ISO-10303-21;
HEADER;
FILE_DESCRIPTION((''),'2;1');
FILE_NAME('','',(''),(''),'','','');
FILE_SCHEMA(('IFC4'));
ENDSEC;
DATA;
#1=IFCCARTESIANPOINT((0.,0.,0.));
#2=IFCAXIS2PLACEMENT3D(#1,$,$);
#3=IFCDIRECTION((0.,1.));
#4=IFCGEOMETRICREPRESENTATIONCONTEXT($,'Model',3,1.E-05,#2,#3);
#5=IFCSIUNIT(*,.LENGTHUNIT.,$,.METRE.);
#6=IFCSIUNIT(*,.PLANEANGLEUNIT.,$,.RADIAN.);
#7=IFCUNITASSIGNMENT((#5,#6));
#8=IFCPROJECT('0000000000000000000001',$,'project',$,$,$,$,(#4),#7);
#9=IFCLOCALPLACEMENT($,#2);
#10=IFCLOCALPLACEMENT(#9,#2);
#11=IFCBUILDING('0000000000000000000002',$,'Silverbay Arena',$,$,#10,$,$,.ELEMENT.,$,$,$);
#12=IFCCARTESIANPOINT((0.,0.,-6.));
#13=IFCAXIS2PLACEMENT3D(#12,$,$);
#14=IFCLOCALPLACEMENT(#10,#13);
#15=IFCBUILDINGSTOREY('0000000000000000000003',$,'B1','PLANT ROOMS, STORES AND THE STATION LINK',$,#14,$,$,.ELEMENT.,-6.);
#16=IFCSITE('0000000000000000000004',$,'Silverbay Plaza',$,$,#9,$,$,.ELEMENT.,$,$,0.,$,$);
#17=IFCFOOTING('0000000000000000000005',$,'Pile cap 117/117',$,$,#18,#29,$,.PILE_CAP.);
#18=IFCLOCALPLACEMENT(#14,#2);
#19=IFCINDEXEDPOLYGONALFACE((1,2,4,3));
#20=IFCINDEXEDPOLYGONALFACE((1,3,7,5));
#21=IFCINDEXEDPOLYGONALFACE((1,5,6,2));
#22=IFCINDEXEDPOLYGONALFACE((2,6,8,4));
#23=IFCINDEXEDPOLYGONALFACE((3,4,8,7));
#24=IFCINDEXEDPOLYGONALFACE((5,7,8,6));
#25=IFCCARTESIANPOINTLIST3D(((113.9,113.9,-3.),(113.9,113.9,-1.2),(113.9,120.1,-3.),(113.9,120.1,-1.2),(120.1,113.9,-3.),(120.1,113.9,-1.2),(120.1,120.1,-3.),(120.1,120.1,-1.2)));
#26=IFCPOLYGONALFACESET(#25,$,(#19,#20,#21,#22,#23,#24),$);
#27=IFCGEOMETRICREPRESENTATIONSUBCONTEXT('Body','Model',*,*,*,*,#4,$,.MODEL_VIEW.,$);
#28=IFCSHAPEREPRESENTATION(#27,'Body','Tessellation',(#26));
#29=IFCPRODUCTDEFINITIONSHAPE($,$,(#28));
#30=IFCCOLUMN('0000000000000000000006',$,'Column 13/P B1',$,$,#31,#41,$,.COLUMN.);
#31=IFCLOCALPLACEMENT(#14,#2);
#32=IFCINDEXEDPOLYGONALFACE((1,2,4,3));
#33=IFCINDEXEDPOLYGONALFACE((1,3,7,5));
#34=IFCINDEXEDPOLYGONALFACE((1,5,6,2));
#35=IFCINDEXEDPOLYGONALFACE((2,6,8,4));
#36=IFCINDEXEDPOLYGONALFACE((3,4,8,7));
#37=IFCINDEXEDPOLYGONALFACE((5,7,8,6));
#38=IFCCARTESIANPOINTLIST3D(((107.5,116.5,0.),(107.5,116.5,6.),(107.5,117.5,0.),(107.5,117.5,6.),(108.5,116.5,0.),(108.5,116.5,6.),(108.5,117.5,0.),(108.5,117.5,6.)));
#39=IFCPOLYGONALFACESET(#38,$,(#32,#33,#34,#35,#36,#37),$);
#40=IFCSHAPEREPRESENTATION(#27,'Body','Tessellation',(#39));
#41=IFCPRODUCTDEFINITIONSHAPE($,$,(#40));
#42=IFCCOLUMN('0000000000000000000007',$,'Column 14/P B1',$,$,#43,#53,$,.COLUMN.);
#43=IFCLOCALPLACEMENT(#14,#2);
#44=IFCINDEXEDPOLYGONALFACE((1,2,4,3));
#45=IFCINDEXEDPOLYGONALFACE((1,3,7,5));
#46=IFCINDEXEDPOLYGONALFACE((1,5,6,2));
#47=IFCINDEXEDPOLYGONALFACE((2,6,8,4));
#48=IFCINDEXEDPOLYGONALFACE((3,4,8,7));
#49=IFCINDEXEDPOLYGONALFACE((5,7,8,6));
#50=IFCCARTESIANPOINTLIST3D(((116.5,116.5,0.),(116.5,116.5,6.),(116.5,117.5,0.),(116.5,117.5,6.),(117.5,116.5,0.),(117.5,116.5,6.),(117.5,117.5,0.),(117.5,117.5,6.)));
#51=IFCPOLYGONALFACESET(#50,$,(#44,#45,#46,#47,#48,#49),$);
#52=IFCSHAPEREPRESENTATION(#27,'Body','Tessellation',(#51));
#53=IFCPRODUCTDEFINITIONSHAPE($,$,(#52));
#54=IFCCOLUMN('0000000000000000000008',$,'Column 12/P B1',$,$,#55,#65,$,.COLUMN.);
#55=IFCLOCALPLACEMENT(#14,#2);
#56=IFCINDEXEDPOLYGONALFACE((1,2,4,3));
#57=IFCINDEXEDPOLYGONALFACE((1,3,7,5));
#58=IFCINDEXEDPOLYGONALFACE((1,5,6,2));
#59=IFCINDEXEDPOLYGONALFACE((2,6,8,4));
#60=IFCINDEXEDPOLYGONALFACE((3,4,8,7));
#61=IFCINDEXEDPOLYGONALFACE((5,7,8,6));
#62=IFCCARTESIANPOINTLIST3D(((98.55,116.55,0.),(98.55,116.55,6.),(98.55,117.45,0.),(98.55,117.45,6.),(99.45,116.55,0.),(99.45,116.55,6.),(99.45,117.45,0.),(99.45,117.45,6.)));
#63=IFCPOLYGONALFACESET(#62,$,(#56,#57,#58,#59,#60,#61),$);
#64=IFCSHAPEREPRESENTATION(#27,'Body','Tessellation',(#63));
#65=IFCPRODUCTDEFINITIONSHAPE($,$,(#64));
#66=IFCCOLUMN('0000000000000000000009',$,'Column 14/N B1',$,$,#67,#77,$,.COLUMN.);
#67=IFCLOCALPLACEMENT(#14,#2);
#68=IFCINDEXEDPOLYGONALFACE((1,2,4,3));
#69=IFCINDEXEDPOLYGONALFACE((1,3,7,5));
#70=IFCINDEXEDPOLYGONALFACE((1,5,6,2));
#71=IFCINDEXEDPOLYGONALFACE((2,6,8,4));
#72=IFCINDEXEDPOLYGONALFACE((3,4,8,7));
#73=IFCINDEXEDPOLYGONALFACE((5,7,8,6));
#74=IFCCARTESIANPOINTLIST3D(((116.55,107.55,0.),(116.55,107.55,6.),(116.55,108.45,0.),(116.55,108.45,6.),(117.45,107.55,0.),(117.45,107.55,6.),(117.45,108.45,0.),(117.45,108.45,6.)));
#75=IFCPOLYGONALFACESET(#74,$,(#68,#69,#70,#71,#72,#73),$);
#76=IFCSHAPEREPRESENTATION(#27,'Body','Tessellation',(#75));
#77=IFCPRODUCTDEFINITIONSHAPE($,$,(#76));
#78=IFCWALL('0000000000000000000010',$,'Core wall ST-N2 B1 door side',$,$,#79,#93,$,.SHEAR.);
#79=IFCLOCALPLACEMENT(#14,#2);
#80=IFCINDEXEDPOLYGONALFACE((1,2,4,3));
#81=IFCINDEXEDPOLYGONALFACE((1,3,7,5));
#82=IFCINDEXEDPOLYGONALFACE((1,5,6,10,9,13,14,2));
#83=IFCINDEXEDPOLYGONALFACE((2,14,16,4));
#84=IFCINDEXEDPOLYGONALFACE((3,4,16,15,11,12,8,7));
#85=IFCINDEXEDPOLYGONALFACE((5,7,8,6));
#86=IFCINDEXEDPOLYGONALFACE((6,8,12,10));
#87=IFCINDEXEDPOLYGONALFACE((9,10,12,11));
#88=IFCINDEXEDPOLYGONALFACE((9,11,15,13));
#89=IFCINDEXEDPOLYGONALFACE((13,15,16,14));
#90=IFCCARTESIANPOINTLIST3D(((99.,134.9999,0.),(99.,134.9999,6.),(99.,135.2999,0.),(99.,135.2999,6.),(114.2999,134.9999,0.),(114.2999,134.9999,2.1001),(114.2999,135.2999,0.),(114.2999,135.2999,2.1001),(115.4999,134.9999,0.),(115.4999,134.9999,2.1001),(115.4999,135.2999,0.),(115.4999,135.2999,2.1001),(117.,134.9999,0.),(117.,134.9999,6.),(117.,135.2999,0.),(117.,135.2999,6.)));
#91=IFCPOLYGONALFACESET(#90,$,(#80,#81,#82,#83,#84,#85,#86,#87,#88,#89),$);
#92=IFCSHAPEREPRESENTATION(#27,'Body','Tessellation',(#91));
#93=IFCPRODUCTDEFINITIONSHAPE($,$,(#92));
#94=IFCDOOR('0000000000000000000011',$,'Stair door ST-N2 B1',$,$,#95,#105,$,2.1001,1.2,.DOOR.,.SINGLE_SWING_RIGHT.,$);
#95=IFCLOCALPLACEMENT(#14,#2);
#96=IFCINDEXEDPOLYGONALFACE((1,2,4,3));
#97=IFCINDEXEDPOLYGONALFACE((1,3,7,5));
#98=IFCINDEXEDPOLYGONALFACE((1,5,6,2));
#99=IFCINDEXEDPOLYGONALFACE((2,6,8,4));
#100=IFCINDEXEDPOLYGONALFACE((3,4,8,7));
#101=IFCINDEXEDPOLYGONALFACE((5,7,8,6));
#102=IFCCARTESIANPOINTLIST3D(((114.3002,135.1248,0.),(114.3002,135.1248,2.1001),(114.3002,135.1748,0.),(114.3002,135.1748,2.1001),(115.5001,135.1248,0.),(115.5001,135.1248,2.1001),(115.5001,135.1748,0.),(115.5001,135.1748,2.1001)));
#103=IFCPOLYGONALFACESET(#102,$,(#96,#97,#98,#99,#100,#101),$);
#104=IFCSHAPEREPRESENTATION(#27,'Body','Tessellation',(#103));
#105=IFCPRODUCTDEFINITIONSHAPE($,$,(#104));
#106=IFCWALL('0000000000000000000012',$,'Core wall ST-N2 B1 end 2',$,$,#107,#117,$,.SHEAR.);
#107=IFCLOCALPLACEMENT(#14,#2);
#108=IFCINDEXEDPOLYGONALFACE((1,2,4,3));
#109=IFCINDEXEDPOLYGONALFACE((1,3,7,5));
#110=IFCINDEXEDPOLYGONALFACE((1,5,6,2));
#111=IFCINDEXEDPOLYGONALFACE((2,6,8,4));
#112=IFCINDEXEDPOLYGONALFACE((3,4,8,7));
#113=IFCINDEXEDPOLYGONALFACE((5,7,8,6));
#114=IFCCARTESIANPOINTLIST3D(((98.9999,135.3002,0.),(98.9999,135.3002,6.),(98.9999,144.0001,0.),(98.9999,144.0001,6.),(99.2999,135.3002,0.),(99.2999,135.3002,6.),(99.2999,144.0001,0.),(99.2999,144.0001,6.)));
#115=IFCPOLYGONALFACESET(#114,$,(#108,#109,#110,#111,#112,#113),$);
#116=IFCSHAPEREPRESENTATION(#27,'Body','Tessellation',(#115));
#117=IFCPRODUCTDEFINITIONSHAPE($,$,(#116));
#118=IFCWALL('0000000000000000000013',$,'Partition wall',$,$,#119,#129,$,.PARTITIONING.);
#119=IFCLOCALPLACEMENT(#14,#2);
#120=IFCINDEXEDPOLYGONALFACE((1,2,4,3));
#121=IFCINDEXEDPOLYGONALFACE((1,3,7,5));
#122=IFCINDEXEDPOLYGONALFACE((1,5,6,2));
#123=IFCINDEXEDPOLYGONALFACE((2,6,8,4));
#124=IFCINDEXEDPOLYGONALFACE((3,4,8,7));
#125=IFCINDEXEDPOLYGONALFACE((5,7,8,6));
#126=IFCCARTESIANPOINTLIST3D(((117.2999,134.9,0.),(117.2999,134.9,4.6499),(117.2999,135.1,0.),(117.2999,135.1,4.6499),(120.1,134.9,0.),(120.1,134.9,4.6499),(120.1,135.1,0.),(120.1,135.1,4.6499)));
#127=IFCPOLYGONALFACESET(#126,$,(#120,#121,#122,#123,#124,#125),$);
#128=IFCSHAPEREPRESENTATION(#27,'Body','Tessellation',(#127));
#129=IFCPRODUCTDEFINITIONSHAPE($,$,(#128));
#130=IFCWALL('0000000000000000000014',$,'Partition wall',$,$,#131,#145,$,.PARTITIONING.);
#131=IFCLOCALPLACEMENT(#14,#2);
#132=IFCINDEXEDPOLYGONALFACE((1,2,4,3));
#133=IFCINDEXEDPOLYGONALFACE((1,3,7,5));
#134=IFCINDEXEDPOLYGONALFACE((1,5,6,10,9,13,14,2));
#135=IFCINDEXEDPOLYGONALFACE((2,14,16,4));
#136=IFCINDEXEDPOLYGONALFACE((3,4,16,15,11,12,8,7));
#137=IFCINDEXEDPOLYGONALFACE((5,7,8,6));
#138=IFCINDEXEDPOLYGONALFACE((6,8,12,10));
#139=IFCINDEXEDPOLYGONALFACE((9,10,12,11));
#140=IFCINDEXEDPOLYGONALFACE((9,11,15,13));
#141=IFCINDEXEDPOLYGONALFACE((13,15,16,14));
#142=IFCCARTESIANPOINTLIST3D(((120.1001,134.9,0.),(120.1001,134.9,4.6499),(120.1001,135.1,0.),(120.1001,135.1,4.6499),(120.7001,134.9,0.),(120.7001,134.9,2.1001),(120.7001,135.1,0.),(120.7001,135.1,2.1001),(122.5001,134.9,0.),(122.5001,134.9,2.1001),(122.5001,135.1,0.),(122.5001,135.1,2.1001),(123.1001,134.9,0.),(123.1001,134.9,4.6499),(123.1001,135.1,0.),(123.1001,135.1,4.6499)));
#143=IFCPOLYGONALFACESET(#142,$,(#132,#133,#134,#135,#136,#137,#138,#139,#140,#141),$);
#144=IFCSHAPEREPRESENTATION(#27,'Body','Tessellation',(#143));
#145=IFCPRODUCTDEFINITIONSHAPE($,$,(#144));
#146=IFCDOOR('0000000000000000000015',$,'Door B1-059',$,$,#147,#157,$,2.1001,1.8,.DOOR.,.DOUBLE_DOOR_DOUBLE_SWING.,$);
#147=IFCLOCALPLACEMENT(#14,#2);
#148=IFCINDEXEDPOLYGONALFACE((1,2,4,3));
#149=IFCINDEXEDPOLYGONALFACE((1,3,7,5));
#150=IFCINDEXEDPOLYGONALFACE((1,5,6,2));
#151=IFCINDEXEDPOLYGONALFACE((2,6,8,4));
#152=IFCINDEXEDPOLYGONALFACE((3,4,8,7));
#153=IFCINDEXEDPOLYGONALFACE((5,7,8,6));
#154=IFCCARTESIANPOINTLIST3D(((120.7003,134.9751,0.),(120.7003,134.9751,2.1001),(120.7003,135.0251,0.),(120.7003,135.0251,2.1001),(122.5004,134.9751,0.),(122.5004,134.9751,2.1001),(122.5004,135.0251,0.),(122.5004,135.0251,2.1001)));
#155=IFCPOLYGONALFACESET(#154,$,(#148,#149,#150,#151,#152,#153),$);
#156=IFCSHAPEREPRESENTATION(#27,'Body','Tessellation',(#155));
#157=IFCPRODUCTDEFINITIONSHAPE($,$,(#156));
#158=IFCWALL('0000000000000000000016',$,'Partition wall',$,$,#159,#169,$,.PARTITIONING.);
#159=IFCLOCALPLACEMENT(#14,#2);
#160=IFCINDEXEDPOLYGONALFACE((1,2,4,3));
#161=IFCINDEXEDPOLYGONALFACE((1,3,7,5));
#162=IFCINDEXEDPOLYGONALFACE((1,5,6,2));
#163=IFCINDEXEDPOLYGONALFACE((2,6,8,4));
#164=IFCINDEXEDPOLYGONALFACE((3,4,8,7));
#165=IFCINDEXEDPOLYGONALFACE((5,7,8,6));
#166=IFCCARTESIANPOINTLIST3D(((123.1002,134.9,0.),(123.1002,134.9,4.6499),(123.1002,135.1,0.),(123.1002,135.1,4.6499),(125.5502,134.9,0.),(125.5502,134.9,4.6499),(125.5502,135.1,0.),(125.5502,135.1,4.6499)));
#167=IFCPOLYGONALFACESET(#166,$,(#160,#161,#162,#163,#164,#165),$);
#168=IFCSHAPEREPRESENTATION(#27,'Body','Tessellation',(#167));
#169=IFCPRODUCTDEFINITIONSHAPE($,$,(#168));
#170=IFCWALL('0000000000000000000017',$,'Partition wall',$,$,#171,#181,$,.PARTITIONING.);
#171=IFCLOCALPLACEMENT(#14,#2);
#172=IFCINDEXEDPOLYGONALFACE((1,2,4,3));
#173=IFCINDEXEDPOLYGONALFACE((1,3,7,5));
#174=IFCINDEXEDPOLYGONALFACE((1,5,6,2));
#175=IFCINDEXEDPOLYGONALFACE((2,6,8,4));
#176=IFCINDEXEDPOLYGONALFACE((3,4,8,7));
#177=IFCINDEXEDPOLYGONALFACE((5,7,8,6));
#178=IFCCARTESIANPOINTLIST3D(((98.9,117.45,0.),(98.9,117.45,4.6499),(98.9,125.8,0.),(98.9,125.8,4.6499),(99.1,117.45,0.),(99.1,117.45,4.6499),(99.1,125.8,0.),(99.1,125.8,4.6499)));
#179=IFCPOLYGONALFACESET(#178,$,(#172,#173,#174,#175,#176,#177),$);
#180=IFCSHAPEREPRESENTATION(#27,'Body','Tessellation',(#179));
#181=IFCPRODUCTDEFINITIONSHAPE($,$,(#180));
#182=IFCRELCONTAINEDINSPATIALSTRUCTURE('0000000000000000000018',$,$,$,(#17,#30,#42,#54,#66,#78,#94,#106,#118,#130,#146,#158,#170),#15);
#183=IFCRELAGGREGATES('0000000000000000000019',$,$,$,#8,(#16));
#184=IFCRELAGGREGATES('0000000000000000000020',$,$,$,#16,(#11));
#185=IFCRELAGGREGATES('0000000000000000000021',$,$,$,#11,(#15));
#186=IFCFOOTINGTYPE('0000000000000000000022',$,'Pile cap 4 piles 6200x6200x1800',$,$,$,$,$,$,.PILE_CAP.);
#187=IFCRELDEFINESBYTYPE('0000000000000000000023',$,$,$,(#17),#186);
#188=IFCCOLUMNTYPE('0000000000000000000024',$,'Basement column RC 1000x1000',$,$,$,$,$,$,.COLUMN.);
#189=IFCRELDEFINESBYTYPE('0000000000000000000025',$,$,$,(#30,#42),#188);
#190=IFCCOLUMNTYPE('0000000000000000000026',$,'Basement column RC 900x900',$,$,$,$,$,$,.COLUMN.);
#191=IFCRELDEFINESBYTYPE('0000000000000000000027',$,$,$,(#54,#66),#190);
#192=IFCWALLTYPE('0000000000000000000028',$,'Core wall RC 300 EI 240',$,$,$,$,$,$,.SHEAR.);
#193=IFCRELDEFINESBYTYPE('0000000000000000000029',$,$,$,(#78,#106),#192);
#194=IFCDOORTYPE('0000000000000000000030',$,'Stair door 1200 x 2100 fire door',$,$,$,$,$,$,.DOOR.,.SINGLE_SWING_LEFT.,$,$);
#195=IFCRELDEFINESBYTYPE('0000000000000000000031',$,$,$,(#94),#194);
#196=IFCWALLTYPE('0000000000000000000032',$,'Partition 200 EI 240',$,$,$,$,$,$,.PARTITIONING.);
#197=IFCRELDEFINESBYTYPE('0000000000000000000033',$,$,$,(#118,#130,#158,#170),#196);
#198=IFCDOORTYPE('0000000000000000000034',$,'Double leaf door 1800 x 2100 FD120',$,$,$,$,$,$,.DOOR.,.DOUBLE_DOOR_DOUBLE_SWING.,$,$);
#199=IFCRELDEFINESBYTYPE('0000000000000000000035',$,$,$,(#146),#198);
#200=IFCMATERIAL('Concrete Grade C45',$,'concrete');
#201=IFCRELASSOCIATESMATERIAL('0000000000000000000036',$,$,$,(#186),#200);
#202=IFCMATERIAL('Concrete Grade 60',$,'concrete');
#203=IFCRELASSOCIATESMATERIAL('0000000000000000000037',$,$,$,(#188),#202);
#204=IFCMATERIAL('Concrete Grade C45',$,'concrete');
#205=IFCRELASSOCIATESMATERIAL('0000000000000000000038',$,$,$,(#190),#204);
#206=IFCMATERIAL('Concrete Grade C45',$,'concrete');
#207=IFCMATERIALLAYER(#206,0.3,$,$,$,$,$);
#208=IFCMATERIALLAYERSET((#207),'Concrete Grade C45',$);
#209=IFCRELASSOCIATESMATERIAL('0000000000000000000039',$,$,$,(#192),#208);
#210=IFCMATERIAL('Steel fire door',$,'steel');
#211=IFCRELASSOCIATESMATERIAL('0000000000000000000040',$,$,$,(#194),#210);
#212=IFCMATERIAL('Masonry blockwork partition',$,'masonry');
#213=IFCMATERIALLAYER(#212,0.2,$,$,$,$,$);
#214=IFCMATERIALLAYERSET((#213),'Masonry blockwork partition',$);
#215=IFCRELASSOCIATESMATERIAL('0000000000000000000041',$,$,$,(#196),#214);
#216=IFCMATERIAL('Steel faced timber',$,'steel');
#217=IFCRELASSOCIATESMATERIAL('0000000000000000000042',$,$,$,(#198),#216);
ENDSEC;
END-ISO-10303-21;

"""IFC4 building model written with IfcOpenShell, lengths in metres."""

from ifc_helpers import new_model, si_unit, direction, frame, frame_2d, origin, origin_2d, place, context, subcontext, project, spatial, rectangle, extrude, material, layer, layer_set, material_profile, profile_set, type_object, element, fill, save


model = new_model("IFC4")

# Units and contexts
model_context = context("Model", 3, precision=1e-05, world=origin(), true_north=direction((0.0, 1.0)))
body_context = subcontext(model_context, "Body", "Model", "MODEL_VIEW")
ifc_project = project(units=[si_unit("LENGTHUNIT", "METRE"), si_unit("PLANEANGLEUNIT", "RADIAN")], contexts=[model_context])

# Site, building, storey
site_placement = place(None, origin())
site = spatial("IfcSite", under=ifc_project, at=site_placement, Name="Silverbay Plaza", CompositionType="ELEMENT", RefElevation=0.0)
building_placement = place(site_placement, origin())
building = spatial("IfcBuilding", under=site, at=building_placement, Name="Silverbay Arena", CompositionType="ELEMENT")
storey_placement = place(building_placement, frame((0.0, 0.0, -6.0)))
storey = spatial("IfcBuildingStorey", under=building, at=storey_placement, Name="B1", Description="PLANT ROOMS, STORES AND THE STATION LINK", CompositionType="ELEMENT", Elevation=-6.0)

# Footing
ifc_material_1 = material(Name="Concrete Grade C45", Category="concrete")
footing_type_1 = type_object("IfcFootingType", Name="Pile cap 4 piles 6200x6200x1800", PredefinedType="PILE_CAP", material=ifc_material_1)
for number, where, z_axis, x_axis, name in (
    (1, (117.0, 117.0, -3.0), (0.0, 0.0, 1.0), (1.0, 0.0, 0.0), "Pile cap 117/117"),
):
    element("IfcFooting", number, at=place(storey_placement, frame(where, z_axis=z_axis, x_axis=x_axis)), inside=storey, type_object=footing_type_1, Name=name, PredefinedType="PILE_CAP", context=body_context, shape_type="SweptSolid", body=[
        extrude(rectangle(XDim=6.2, YDim=6.2, at=origin_2d()), origin(), (0.0, 0.0, 1.0), 1.8),
    ])

# Columns
ifc_material_2 = material(Name="Concrete Grade 60", Category="concrete")
ifc_material_profile_1 = material_profile(ifc_material_2, rectangle(XDim=1.0, YDim=1.0, at=origin_2d()), Name="RC 1000x1000")
ifc_profile_set_1 = profile_set([ifc_material_profile_1], Name="Concrete Grade 60")
column_type_1 = type_object("IfcColumnType", Name="Basement column RC 1000x1000", PredefinedType="COLUMN", material=ifc_profile_set_1)
for number, where, z_axis, x_axis, name in (
    (2, (108.0, 117.0, 0.0), (0.0, 0.0, 1.0), (1.0, 0.0, 0.0), "Column 13/P B1"),
    (3, (117.0, 117.0, 0.0), (0.0, 0.0, 1.0), (1.0, 0.0, 0.0), "Column 14/P B1"),
):
    element("IfcColumn", number, at=place(storey_placement, frame(where, z_axis=z_axis, x_axis=x_axis)), inside=storey, type_object=column_type_1, Name=name, PredefinedType="COLUMN", context=body_context, shape_type="SweptSolid", body=[
        extrude(rectangle(XDim=1.0, YDim=1.0, at=origin_2d()), origin(), (0.0, 0.0, 1.0), 6.0),
    ])
ifc_material_3 = material(Name="Concrete Grade C45", Category="concrete")
ifc_material_profile_2 = material_profile(ifc_material_3, rectangle(XDim=0.8999, YDim=0.8999, at=origin_2d()), Name="RC 900x900")
ifc_profile_set_2 = profile_set([ifc_material_profile_2], Name="Concrete Grade C45")
column_type_2 = type_object("IfcColumnType", Name="Basement column RC 900x900", PredefinedType="COLUMN", material=ifc_profile_set_2)
for number, where, z_axis, x_axis, name in (
    (4, (99.0, 117.0, 0.0), (0.0, 0.0, 1.0), (1.0, 0.0, 0.0), "Column 12/P B1"),
    (5, (117.0, 108.0, 0.0), (0.0, 0.0, 1.0), (1.0, 0.0, 0.0), "Column 14/N B1"),
):
    element("IfcColumn", number, at=place(storey_placement, frame(where, z_axis=z_axis, x_axis=x_axis)), inside=storey, type_object=column_type_2, Name=name, PredefinedType="COLUMN", context=body_context, shape_type="SweptSolid", body=[
        extrude(rectangle(XDim=0.8999, YDim=0.8999, at=origin_2d()), origin(), (0.0, 0.0, 1.0), 6.0),
    ])

# Wall, opening, door
ifc_material_4 = material(Name="Concrete Grade C45", Category="concrete")
ifc_layer_1 = layer(ifc_material_4, 0.3)
ifc_layer_set_1 = layer_set([ifc_layer_1], Name="Concrete Grade C45")
wall_type_1 = type_object("IfcWallType", Name="Core wall RC 300 EI 240", PredefinedType="SHEAR", material=ifc_layer_set_1)
wall_1_placement = place(storey_placement, frame((117.0, 135.1499, 0.0), z_axis=(0.0, 0.0, 1.0), x_axis=(-1.0, 0.0, 0.0)))
wall_1 = element("IfcWall", 6, at=wall_1_placement, inside=storey, type_object=wall_type_1, Name="Core wall ST-N2 B1 door side", PredefinedType="SHEAR", context=body_context, shape_type="SweptSolid", body=[
    extrude(rectangle(XDim=18.0, YDim=0.3, at=frame_2d((9.0, 0.0))), origin(), (0.0, 0.0, 1.0), 6.0),
])
opening_1_placement = place(wall_1_placement, frame((1.5, 0.0, 0.0)))
opening_1 = element("IfcOpeningElement", 7, at=opening_1_placement, cuts=wall_1, PredefinedType="OPENING", context=body_context, shape_type="SweptSolid", body=[
    extrude(rectangle(XDim=1.2, YDim=2.1001, at=frame_2d((0.6001, 1.05))), frame((0.0, 0.1602, 0.0), z_axis=(0.0, -1.0, 0.0), x_axis=(1.0, 0.0, 0.0)), (0.0, 0.0, 1.0), 0.3201),
])
ifc_material_5 = material(Name="Steel fire door", Category="steel")
door_type_1 = type_object("IfcDoorType", Name="Stair door 1200 x 2100 fire door", OperationType="SINGLE_SWING_LEFT", PredefinedType="DOOR", material=ifc_material_5)
door_1_placement = place(opening_1_placement, frame((1.2, 0.0, 0.0), z_axis=(0.0, 0.0, 1.0), x_axis=(-1.0, 0.0, 0.0)))
door_1 = element("IfcDoor", 8, at=door_1_placement, inside=storey, type_object=door_type_1, Name="Stair door ST-N2 B1", OperationType="SINGLE_SWING_RIGHT", OverallHeight=2.1001, OverallWidth=1.2, PredefinedType="DOOR", context=body_context, shape_type="SweptSolid", body=[
    extrude(rectangle(XDim=1.2, YDim=2.1001, at=frame_2d((0.6001, 1.05))), frame((0.0, 0.0249, 0.0), z_axis=(0.0, -1.0, 0.0), x_axis=(1.0, 0.0, 0.0)), (0.0, 0.0, 1.0), 0.05),
])
fill(opening_1, door_1)

# Walls
wall_2_placement = place(storey_placement, frame((99.1499, 135.3, 0.0), z_axis=(0.0, 0.0, 1.0), x_axis=(0.0, 1.0, 0.0)))
element("IfcWall", 9, at=wall_2_placement, inside=storey, type_object=wall_type_1, Name="Core wall ST-N2 B1 end 2", PredefinedType="SHEAR", context=body_context, shape_type="SweptSolid", body=[
    extrude(rectangle(XDim=8.7, YDim=0.3, at=frame_2d((4.3501, 0.0))), origin(), (0.0, 0.0, 1.0), 6.0),
])
ifc_material_6 = material(Name="Masonry blockwork partition", Category="masonry")
ifc_layer_2 = layer(ifc_material_6, 0.2)
ifc_layer_set_2 = layer_set([ifc_layer_2], Name="Masonry blockwork partition")
wall_type_2 = type_object("IfcWallType", Name="Partition 200 EI 240", PredefinedType="PARTITIONING", material=ifc_layer_set_2)
wall_3_placement = place(storey_placement, frame((117.3, 135.0, 0.0), z_axis=(0.0, 0.0, 1.0), x_axis=(1.0, 0.0, 0.0)))
element("IfcWall", 10, at=wall_3_placement, inside=storey, type_object=wall_type_2, Name="Partition wall", PredefinedType="PARTITIONING", context=body_context, shape_type="SweptSolid", body=[
    extrude(rectangle(XDim=2.8, YDim=0.2, at=frame_2d((1.3999, 0.0))), origin(), (0.0, 0.0, 1.0), 4.6499),
])

# Wall, opening, door
wall_4_placement = place(storey_placement, frame((120.1001, 135.0, 0.0), z_axis=(0.0, 0.0, 1.0), x_axis=(1.0, 0.0, 0.0)))
wall_4 = element("IfcWall", 11, at=wall_4_placement, inside=storey, type_object=wall_type_2, Name="Partition wall", PredefinedType="PARTITIONING", context=body_context, shape_type="SweptSolid", body=[
    extrude(rectangle(XDim=3.0, YDim=0.2, at=frame_2d((1.5, 0.0))), origin(), (0.0, 0.0, 1.0), 4.6499),
])
opening_2_placement = place(wall_4_placement, frame((0.6001, 0.0, 0.0)))
opening_2 = element("IfcOpeningElement", 12, at=opening_2_placement, cuts=wall_4, PredefinedType="OPENING", context=body_context, shape_type="SweptSolid", body=[
    extrude(rectangle(XDim=1.8, YDim=2.1001, at=frame_2d((0.8999, 1.05))), frame((0.0, 0.1099, 0.0), z_axis=(0.0, -1.0, 0.0), x_axis=(1.0, 0.0, 0.0)), (0.0, 0.0, 1.0), 0.22),
])
ifc_material_7 = material(Name="Steel faced timber", Category="steel")
door_type_2 = type_object("IfcDoorType", Name="Double leaf door 1800 x 2100 FD120", OperationType="DOUBLE_DOOR_DOUBLE_SWING", PredefinedType="DOOR", material=ifc_material_7)
door_2_placement = place(opening_2_placement, frame((1.8, 0.0, 0.0), z_axis=(0.0, 0.0, 1.0), x_axis=(-1.0, 0.0, 0.0)))
door_2 = element("IfcDoor", 13, at=door_2_placement, inside=storey, type_object=door_type_2, Name="Door B1-059", OperationType="DOUBLE_DOOR_DOUBLE_SWING", OverallHeight=2.1001, OverallWidth=1.8, PredefinedType="DOOR", context=body_context, shape_type="SweptSolid", body=[
    extrude(rectangle(XDim=1.8, YDim=2.1001, at=frame_2d((0.8999, 1.05))), frame((0.0, 0.0249, 0.0), z_axis=(0.0, -1.0, 0.0), x_axis=(1.0, 0.0, 0.0)), (0.0, 0.0, 1.0), 0.05),
])
fill(opening_2, door_2)

# Walls
wall_5_placement = place(storey_placement, frame((123.1001, 135.0, 0.0), z_axis=(0.0, 0.0, 1.0), x_axis=(1.0, 0.0, 0.0)))
element("IfcWall", 14, at=wall_5_placement, inside=storey, type_object=wall_type_2, Name="Partition wall", PredefinedType="PARTITIONING", context=body_context, shape_type="SweptSolid", body=[
    extrude(rectangle(XDim=2.45, YDim=0.2, at=frame_2d((1.2251, 0.0))), origin(), (0.0, 0.0, 1.0), 4.6499),
])
wall_6_placement = place(storey_placement, frame((99.0, 117.45, 0.0), z_axis=(0.0, 0.0, 1.0), x_axis=(0.0, 1.0, 0.0)))
element("IfcWall", 15, at=wall_6_placement, inside=storey, type_object=wall_type_2, Name="Partition wall", PredefinedType="PARTITIONING", context=body_context, shape_type="SweptSolid", body=[
    extrude(rectangle(XDim=8.3501, YDim=0.2, at=frame_2d((4.175, 0.0))), origin(), (0.0, 0.0, 1.0), 4.6499),
])

save(model, "model.ifc")
